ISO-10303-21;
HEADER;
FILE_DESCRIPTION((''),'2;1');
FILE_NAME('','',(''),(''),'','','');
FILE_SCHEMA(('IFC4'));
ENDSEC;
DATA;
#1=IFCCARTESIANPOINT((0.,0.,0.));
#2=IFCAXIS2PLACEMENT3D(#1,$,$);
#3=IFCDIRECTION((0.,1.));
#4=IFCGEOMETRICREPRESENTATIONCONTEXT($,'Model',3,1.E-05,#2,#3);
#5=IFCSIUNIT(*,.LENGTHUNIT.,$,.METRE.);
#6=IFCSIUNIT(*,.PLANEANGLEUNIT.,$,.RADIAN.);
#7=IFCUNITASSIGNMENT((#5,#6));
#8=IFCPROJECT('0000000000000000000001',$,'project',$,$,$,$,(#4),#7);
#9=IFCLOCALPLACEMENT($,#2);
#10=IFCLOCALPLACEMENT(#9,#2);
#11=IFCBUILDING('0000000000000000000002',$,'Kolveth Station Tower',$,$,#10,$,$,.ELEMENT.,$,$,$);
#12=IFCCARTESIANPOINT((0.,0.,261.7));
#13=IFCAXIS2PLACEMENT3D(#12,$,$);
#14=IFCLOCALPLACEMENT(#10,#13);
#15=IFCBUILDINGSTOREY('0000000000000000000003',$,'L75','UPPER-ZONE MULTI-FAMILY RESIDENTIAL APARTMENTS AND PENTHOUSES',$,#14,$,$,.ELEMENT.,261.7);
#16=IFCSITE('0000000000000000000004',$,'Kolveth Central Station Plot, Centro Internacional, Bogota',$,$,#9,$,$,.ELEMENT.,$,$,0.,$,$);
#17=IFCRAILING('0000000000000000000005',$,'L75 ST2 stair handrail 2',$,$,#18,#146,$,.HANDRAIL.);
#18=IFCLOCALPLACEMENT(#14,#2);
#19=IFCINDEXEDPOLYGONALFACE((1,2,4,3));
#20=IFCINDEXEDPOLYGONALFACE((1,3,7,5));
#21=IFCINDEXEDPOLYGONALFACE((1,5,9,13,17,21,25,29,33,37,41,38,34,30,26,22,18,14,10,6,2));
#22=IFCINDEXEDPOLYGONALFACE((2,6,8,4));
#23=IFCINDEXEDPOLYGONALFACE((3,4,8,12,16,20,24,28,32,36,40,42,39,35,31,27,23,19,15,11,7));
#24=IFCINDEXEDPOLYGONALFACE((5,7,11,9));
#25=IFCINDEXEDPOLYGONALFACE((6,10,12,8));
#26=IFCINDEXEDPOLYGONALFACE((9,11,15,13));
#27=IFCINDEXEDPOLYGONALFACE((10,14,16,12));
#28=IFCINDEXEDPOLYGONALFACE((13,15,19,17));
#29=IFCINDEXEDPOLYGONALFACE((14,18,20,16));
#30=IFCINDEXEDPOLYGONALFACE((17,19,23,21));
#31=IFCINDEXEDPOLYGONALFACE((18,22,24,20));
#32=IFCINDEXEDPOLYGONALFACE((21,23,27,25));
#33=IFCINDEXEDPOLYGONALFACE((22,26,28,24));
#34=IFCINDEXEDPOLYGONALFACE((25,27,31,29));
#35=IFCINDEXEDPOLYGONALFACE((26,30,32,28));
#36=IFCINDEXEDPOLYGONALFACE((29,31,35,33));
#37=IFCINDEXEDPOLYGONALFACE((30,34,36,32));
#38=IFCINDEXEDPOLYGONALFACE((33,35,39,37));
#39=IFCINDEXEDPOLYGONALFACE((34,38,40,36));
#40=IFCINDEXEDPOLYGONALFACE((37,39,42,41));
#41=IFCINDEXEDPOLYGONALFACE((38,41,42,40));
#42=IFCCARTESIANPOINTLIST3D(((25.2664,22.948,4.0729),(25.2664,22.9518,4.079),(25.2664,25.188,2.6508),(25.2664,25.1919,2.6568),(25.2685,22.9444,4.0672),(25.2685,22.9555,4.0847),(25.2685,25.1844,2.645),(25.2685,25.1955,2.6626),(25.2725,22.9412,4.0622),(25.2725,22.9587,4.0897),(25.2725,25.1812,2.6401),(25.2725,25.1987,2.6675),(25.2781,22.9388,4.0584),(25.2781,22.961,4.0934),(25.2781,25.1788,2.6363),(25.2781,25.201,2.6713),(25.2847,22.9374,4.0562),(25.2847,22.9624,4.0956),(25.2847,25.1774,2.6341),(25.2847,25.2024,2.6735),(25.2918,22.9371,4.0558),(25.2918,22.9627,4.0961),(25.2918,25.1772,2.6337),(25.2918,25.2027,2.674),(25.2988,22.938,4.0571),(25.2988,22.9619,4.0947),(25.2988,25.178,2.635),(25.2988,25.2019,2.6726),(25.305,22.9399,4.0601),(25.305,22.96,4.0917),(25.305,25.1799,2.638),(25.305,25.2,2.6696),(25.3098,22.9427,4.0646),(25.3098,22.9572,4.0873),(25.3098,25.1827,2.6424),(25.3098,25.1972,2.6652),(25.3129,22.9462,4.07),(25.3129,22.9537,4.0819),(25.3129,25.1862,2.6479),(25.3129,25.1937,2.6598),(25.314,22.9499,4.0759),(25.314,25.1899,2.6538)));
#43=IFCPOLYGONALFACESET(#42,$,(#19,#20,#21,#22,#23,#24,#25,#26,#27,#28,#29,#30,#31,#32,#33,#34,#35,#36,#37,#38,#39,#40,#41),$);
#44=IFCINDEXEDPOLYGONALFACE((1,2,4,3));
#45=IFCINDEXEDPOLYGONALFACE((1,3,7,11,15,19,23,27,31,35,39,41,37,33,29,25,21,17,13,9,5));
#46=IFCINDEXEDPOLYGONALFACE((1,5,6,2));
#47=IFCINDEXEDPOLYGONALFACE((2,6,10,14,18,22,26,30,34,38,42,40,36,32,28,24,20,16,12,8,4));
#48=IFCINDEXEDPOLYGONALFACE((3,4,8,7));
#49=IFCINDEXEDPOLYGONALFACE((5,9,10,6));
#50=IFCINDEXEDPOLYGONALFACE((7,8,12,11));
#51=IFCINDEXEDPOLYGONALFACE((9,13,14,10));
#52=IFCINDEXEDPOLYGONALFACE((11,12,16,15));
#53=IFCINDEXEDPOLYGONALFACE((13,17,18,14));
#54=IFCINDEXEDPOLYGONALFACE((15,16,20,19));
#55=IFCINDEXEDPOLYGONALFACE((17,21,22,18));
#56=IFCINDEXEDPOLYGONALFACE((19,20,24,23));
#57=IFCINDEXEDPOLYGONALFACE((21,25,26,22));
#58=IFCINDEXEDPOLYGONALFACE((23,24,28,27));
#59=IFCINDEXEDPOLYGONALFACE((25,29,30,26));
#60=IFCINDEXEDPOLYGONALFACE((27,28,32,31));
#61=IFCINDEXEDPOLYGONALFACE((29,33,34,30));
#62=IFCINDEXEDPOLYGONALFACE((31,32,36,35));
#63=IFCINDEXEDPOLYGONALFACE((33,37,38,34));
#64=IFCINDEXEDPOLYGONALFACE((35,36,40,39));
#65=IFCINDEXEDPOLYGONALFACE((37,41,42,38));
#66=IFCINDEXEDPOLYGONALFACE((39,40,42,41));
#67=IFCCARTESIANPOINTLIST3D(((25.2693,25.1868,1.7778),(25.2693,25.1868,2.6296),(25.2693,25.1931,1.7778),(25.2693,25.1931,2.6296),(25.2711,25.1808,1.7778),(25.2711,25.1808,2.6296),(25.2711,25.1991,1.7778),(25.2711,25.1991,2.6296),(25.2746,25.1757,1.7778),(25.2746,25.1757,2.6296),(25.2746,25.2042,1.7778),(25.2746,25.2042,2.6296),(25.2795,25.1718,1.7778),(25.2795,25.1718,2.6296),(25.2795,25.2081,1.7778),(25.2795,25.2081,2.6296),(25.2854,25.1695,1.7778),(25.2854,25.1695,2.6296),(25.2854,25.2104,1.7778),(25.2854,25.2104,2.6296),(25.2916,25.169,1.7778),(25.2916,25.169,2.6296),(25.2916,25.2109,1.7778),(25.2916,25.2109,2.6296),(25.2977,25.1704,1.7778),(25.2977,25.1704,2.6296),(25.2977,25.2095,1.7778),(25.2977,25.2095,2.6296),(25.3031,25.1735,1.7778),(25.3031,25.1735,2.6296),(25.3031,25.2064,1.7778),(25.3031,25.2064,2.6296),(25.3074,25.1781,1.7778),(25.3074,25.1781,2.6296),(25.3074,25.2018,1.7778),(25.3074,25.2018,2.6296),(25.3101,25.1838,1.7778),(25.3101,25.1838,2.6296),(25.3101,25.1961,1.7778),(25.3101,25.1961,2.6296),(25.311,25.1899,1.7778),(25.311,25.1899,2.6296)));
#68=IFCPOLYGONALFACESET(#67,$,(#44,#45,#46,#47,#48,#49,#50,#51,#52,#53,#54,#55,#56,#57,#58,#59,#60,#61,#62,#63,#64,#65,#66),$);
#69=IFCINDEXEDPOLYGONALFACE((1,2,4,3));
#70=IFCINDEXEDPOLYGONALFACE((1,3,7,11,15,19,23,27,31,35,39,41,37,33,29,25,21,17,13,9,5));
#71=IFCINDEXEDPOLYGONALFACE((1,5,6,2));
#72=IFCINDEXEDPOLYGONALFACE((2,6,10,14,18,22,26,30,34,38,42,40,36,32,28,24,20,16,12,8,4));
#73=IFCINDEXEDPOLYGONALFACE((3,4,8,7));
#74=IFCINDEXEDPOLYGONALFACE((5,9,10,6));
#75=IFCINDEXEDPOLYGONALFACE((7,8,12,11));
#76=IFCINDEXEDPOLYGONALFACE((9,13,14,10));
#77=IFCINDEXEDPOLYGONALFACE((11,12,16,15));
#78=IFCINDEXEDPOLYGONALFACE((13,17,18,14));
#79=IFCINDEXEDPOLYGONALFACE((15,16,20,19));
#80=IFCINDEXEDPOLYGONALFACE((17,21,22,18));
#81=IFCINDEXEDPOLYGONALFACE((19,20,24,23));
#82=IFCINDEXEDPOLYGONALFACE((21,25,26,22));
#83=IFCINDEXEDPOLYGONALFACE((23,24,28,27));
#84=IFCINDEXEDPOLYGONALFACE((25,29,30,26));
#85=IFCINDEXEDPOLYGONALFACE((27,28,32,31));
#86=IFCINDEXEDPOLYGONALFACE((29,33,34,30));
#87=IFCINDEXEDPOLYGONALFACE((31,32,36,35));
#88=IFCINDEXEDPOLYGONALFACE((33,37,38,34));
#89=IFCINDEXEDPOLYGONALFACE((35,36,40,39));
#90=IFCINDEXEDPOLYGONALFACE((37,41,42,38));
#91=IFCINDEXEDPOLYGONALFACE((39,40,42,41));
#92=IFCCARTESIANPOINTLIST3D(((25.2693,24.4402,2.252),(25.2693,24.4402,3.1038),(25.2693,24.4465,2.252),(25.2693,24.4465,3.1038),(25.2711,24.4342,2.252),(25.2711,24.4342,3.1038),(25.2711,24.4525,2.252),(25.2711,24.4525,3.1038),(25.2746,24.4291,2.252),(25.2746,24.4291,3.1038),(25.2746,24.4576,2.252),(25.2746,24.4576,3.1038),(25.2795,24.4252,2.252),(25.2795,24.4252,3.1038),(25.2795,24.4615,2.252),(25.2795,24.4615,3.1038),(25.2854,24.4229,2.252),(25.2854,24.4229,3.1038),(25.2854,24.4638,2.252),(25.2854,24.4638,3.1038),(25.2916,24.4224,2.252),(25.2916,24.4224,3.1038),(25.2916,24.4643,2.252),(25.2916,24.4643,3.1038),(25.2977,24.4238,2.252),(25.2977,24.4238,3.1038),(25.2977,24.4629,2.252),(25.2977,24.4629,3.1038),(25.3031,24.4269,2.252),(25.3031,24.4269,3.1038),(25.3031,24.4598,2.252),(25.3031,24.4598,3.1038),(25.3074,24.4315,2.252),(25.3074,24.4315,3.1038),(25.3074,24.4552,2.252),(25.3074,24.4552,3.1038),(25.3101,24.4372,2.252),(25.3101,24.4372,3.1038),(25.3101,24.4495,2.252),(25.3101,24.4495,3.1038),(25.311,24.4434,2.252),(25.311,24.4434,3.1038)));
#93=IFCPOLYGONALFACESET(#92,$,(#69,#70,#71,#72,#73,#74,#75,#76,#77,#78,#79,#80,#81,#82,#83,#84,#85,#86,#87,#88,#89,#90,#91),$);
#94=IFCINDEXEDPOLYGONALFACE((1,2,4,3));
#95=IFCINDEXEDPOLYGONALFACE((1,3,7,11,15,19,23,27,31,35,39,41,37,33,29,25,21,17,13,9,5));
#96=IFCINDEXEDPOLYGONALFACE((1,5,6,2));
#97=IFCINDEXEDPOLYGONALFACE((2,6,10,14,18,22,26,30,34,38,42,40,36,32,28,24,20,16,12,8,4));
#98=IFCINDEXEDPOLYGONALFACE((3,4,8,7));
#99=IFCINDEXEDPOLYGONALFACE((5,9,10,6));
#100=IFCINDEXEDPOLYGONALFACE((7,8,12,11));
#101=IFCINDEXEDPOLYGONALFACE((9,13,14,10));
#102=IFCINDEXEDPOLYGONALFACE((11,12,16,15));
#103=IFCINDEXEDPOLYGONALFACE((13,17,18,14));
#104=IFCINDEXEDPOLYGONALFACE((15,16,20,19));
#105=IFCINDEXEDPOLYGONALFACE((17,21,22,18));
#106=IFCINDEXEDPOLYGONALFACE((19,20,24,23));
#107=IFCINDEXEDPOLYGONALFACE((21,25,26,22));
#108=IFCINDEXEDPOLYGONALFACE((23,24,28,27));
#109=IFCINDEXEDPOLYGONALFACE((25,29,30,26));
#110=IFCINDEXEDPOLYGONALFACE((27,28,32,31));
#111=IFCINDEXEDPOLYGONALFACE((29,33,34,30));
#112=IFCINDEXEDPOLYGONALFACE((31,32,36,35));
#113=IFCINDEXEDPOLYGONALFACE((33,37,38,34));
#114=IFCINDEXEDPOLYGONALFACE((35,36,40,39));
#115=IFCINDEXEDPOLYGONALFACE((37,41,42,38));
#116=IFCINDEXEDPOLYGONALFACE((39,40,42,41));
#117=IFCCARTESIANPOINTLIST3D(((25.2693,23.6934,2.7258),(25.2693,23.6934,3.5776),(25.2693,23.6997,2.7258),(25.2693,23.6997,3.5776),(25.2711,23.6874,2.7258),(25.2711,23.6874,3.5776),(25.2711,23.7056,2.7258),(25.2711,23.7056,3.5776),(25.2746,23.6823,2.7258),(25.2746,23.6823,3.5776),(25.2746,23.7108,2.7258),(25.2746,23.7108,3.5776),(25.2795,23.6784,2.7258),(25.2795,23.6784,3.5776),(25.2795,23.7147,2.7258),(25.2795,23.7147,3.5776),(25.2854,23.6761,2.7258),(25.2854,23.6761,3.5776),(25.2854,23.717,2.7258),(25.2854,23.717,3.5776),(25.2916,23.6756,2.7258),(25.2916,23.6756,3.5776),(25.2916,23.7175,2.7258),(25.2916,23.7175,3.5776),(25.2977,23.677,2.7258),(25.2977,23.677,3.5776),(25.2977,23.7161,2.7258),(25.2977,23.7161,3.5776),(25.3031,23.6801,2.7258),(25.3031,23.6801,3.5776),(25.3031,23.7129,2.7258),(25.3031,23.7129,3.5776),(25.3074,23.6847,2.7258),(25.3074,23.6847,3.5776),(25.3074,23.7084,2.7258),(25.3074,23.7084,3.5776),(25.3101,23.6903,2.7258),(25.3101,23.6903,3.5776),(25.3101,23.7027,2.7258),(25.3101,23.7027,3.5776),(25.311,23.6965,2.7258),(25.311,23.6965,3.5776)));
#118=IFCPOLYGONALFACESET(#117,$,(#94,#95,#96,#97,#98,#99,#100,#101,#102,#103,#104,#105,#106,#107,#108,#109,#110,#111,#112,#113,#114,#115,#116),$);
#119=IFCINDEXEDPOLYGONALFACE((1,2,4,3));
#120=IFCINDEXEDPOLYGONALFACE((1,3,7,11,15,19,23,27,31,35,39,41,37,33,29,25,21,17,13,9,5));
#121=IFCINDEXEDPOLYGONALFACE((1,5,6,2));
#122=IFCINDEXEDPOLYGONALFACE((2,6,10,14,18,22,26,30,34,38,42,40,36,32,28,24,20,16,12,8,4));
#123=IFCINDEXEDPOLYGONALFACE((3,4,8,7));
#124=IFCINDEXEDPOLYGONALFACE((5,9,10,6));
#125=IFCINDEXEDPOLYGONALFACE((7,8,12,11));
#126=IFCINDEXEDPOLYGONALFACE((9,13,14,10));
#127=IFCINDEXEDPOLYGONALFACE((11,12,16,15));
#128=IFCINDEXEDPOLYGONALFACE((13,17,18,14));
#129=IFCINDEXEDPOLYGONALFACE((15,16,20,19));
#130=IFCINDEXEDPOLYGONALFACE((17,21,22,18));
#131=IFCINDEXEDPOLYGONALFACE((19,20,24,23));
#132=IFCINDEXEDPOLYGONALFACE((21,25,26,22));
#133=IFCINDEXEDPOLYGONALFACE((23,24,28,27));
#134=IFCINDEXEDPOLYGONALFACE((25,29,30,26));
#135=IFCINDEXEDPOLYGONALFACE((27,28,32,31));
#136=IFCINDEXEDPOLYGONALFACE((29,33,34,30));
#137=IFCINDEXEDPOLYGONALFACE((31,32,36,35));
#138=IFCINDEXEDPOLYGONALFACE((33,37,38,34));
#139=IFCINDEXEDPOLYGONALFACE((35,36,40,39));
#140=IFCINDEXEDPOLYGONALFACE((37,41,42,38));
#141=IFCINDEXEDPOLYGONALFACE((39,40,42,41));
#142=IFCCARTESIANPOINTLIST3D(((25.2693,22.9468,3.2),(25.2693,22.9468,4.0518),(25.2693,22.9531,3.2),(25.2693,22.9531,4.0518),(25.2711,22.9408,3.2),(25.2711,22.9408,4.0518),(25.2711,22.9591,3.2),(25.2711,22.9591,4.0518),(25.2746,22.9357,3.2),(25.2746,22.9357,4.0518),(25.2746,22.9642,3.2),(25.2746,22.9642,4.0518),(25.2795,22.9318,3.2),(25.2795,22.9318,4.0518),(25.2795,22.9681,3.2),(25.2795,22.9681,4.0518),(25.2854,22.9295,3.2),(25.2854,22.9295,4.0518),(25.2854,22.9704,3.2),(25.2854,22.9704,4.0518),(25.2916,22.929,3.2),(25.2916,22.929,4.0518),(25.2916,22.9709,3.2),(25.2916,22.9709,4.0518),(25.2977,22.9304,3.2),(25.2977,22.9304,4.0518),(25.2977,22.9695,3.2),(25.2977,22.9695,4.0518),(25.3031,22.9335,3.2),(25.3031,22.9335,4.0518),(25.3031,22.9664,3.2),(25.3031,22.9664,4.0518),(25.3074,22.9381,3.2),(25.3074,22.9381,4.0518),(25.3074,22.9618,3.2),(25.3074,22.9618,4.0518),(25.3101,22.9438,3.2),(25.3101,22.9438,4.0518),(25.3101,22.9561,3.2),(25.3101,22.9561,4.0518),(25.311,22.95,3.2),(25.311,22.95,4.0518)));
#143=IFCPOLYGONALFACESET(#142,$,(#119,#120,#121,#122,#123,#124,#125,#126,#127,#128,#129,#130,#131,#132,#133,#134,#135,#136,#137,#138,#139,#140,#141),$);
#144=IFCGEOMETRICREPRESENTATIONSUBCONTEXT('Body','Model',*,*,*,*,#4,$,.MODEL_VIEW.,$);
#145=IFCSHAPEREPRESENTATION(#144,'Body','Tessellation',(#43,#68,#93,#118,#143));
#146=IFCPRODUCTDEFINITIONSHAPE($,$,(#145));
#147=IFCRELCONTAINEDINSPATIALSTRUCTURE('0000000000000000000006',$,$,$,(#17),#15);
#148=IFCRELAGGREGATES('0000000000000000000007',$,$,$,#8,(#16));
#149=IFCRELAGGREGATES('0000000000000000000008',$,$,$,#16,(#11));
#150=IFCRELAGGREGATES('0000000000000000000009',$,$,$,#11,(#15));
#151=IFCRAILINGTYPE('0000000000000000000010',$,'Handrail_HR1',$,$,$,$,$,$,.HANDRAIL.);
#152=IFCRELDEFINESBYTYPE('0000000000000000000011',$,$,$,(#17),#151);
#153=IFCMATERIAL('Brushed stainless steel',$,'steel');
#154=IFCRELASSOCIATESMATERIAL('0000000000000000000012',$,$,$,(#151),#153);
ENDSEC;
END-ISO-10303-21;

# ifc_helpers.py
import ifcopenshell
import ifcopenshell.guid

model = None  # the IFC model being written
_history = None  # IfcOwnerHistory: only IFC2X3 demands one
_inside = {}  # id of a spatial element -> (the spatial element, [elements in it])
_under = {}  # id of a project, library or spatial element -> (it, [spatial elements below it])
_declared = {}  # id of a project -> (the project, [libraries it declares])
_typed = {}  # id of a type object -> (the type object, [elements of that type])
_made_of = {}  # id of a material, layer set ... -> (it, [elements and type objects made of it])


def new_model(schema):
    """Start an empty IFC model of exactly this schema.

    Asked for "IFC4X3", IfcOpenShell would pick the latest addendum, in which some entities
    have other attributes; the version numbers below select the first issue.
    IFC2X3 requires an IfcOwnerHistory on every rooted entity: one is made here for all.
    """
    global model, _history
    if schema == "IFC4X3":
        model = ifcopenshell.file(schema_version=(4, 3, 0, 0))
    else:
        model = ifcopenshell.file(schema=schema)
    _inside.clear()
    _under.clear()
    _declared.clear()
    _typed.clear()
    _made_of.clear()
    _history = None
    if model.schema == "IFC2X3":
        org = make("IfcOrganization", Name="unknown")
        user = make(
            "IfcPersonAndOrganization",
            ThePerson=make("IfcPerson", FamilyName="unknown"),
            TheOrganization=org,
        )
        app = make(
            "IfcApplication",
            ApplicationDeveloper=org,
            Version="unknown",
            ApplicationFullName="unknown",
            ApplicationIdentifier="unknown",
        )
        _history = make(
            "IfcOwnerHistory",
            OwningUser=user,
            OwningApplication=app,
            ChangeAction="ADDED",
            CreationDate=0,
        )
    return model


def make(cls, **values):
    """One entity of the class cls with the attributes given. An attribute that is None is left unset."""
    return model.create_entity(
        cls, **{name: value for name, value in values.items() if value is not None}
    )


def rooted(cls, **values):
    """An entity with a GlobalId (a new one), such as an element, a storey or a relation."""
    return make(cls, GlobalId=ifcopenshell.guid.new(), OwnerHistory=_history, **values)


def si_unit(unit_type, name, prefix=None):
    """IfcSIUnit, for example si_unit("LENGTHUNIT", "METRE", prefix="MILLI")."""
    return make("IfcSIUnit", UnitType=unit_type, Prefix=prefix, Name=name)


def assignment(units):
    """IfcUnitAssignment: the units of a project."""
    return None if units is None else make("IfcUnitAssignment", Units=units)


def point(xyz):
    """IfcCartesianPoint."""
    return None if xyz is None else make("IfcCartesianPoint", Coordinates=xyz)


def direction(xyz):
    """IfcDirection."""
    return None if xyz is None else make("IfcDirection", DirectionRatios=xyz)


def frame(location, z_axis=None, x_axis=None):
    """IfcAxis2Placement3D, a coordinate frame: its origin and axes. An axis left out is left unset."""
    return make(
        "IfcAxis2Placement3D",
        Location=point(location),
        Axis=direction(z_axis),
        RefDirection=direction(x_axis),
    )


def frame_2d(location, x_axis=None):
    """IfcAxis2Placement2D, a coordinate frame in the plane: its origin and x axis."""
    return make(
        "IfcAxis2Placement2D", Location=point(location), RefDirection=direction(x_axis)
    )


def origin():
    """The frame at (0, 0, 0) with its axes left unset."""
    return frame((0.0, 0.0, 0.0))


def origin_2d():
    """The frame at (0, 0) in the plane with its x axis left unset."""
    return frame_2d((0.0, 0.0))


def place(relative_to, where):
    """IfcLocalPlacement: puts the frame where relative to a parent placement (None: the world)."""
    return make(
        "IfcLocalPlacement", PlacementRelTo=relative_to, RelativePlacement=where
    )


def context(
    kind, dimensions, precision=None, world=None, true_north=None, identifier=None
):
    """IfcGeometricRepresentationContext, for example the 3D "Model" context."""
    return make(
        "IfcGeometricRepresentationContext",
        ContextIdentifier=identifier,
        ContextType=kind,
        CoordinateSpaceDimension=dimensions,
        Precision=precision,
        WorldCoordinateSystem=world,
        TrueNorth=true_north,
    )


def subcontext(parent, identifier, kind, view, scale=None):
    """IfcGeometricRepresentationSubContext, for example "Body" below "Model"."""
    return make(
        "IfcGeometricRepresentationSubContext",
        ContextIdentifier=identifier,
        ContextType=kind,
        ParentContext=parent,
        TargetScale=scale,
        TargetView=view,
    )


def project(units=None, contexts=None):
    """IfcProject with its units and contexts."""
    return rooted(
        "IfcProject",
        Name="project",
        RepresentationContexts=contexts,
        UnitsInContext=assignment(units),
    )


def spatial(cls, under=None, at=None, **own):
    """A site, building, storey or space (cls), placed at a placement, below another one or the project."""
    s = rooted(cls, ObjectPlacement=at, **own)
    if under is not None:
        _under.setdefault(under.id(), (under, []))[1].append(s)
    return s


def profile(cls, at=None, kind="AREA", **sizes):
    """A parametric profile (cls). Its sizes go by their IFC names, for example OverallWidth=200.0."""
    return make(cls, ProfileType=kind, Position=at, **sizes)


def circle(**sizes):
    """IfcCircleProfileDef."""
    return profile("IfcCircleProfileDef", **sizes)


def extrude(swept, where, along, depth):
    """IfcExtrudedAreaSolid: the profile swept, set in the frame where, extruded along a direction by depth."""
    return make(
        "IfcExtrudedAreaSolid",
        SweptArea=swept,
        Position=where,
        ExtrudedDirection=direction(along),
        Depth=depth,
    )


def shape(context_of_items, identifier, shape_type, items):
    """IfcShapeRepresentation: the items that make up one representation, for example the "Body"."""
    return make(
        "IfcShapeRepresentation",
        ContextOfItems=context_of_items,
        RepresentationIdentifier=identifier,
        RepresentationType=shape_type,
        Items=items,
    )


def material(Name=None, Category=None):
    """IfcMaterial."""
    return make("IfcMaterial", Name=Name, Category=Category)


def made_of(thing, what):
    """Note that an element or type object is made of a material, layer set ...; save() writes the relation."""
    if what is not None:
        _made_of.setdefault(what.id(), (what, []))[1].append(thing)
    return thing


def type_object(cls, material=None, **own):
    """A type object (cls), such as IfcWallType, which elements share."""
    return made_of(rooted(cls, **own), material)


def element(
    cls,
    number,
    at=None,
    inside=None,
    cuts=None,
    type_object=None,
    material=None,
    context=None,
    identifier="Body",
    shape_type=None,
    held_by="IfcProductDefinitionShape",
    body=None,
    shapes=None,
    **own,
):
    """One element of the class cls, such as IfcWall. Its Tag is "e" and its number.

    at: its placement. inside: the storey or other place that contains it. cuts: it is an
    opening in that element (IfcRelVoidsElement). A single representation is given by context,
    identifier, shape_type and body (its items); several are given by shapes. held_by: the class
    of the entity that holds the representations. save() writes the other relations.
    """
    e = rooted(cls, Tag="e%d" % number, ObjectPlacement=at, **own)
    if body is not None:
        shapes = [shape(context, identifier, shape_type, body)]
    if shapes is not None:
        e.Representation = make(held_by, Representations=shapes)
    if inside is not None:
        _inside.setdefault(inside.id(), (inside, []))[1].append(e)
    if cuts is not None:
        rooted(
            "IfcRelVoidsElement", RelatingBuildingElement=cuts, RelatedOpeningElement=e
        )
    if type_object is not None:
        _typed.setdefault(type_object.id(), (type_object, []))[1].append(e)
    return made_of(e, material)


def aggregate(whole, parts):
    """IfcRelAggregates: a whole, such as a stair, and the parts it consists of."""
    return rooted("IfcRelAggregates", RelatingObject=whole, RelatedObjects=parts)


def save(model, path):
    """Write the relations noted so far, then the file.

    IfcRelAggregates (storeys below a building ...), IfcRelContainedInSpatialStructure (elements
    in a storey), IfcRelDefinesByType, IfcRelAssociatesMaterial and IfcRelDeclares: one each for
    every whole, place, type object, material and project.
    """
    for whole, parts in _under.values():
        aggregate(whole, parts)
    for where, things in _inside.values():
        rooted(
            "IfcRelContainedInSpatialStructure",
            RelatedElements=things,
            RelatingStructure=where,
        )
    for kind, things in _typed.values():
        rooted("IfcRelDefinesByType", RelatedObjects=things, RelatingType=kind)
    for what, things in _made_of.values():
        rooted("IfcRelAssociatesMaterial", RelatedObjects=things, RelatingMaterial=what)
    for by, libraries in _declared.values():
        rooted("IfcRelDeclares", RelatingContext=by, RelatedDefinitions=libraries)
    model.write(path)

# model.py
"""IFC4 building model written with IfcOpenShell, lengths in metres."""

from ifc_helpers import new_model, si_unit, direction, frame, origin, origin_2d, place, context, subcontext, project, spatial, circle, extrude, material, type_object, element, save


model = new_model("IFC4")

# Units and contexts
model_context = context("Model", 3, precision=1e-05, world=origin(), true_north=direction((0.0, 1.0)))
body_context = subcontext(model_context, "Body", "Model", "MODEL_VIEW")
ifc_project = project(units=[si_unit("LENGTHUNIT", "METRE"), si_unit("PLANEANGLEUNIT", "RADIAN")], contexts=[model_context])

# Site, building, storey
site_placement = place(None, origin())
site = spatial("IfcSite", under=ifc_project, at=site_placement, Name="Kolveth Central Station Plot, Centro Internacional, Bogota", CompositionType="ELEMENT", RefElevation=0.0)
building_placement = place(site_placement, origin())
building = spatial("IfcBuilding", under=site, at=building_placement, Name="Kolveth Station Tower", CompositionType="ELEMENT")
storey_placement = place(building_placement, frame((0.0, 0.0, 261.7)))
storey = spatial("IfcBuildingStorey", under=building, at=storey_placement, Name="L75", Description="UPPER-ZONE MULTI-FAMILY RESIDENTIAL APARTMENTS AND PENTHOUSES", CompositionType="ELEMENT", Elevation=261.7)

# Railing
ifc_material_1 = material(Name="Brushed stainless steel", Category="steel")
railing_type_1 = type_object("IfcRailingType", Name="Handrail_HR1", PredefinedType="HANDRAIL", material=ifc_material_1)
railing_1_placement = place(storey_placement, frame((25.29, 25.1899, 1.7778)))
element("IfcRailing", 1, at=railing_1_placement, inside=storey, type_object=railing_type_1, Name="L75 ST2 stair handrail 2", PredefinedType="HANDRAIL", context=body_context, shape_type="SweptSolid", body=[
    extrude(circle(Radius=0.0239, at=origin_2d()), frame((0.0, 0.0, 0.876), z_axis=(0.0, -0.844229, 0.535982), x_axis=(1.0, 0.0, 0.0)), (0.0, 0.0, 1.0), 2.6533),
    extrude(circle(Radius=0.021, at=origin_2d()), origin(), (0.0, 0.0, 1.0), 0.8518),
    extrude(circle(Radius=0.021, at=origin_2d()), frame((0.0, -0.7466, 0.4741)), (0.0, 0.0, 1.0), 0.8518),
    extrude(circle(Radius=0.021, at=origin_2d()), frame((0.0, -1.4934, 0.948)), (0.0, 0.0, 1.0), 0.8518),
    extrude(circle(Radius=0.021, at=origin_2d()), frame((0.0, -2.24, 1.4221)), (0.0, 0.0, 1.0), 0.8518),
])

save(model, "model.ifc")
